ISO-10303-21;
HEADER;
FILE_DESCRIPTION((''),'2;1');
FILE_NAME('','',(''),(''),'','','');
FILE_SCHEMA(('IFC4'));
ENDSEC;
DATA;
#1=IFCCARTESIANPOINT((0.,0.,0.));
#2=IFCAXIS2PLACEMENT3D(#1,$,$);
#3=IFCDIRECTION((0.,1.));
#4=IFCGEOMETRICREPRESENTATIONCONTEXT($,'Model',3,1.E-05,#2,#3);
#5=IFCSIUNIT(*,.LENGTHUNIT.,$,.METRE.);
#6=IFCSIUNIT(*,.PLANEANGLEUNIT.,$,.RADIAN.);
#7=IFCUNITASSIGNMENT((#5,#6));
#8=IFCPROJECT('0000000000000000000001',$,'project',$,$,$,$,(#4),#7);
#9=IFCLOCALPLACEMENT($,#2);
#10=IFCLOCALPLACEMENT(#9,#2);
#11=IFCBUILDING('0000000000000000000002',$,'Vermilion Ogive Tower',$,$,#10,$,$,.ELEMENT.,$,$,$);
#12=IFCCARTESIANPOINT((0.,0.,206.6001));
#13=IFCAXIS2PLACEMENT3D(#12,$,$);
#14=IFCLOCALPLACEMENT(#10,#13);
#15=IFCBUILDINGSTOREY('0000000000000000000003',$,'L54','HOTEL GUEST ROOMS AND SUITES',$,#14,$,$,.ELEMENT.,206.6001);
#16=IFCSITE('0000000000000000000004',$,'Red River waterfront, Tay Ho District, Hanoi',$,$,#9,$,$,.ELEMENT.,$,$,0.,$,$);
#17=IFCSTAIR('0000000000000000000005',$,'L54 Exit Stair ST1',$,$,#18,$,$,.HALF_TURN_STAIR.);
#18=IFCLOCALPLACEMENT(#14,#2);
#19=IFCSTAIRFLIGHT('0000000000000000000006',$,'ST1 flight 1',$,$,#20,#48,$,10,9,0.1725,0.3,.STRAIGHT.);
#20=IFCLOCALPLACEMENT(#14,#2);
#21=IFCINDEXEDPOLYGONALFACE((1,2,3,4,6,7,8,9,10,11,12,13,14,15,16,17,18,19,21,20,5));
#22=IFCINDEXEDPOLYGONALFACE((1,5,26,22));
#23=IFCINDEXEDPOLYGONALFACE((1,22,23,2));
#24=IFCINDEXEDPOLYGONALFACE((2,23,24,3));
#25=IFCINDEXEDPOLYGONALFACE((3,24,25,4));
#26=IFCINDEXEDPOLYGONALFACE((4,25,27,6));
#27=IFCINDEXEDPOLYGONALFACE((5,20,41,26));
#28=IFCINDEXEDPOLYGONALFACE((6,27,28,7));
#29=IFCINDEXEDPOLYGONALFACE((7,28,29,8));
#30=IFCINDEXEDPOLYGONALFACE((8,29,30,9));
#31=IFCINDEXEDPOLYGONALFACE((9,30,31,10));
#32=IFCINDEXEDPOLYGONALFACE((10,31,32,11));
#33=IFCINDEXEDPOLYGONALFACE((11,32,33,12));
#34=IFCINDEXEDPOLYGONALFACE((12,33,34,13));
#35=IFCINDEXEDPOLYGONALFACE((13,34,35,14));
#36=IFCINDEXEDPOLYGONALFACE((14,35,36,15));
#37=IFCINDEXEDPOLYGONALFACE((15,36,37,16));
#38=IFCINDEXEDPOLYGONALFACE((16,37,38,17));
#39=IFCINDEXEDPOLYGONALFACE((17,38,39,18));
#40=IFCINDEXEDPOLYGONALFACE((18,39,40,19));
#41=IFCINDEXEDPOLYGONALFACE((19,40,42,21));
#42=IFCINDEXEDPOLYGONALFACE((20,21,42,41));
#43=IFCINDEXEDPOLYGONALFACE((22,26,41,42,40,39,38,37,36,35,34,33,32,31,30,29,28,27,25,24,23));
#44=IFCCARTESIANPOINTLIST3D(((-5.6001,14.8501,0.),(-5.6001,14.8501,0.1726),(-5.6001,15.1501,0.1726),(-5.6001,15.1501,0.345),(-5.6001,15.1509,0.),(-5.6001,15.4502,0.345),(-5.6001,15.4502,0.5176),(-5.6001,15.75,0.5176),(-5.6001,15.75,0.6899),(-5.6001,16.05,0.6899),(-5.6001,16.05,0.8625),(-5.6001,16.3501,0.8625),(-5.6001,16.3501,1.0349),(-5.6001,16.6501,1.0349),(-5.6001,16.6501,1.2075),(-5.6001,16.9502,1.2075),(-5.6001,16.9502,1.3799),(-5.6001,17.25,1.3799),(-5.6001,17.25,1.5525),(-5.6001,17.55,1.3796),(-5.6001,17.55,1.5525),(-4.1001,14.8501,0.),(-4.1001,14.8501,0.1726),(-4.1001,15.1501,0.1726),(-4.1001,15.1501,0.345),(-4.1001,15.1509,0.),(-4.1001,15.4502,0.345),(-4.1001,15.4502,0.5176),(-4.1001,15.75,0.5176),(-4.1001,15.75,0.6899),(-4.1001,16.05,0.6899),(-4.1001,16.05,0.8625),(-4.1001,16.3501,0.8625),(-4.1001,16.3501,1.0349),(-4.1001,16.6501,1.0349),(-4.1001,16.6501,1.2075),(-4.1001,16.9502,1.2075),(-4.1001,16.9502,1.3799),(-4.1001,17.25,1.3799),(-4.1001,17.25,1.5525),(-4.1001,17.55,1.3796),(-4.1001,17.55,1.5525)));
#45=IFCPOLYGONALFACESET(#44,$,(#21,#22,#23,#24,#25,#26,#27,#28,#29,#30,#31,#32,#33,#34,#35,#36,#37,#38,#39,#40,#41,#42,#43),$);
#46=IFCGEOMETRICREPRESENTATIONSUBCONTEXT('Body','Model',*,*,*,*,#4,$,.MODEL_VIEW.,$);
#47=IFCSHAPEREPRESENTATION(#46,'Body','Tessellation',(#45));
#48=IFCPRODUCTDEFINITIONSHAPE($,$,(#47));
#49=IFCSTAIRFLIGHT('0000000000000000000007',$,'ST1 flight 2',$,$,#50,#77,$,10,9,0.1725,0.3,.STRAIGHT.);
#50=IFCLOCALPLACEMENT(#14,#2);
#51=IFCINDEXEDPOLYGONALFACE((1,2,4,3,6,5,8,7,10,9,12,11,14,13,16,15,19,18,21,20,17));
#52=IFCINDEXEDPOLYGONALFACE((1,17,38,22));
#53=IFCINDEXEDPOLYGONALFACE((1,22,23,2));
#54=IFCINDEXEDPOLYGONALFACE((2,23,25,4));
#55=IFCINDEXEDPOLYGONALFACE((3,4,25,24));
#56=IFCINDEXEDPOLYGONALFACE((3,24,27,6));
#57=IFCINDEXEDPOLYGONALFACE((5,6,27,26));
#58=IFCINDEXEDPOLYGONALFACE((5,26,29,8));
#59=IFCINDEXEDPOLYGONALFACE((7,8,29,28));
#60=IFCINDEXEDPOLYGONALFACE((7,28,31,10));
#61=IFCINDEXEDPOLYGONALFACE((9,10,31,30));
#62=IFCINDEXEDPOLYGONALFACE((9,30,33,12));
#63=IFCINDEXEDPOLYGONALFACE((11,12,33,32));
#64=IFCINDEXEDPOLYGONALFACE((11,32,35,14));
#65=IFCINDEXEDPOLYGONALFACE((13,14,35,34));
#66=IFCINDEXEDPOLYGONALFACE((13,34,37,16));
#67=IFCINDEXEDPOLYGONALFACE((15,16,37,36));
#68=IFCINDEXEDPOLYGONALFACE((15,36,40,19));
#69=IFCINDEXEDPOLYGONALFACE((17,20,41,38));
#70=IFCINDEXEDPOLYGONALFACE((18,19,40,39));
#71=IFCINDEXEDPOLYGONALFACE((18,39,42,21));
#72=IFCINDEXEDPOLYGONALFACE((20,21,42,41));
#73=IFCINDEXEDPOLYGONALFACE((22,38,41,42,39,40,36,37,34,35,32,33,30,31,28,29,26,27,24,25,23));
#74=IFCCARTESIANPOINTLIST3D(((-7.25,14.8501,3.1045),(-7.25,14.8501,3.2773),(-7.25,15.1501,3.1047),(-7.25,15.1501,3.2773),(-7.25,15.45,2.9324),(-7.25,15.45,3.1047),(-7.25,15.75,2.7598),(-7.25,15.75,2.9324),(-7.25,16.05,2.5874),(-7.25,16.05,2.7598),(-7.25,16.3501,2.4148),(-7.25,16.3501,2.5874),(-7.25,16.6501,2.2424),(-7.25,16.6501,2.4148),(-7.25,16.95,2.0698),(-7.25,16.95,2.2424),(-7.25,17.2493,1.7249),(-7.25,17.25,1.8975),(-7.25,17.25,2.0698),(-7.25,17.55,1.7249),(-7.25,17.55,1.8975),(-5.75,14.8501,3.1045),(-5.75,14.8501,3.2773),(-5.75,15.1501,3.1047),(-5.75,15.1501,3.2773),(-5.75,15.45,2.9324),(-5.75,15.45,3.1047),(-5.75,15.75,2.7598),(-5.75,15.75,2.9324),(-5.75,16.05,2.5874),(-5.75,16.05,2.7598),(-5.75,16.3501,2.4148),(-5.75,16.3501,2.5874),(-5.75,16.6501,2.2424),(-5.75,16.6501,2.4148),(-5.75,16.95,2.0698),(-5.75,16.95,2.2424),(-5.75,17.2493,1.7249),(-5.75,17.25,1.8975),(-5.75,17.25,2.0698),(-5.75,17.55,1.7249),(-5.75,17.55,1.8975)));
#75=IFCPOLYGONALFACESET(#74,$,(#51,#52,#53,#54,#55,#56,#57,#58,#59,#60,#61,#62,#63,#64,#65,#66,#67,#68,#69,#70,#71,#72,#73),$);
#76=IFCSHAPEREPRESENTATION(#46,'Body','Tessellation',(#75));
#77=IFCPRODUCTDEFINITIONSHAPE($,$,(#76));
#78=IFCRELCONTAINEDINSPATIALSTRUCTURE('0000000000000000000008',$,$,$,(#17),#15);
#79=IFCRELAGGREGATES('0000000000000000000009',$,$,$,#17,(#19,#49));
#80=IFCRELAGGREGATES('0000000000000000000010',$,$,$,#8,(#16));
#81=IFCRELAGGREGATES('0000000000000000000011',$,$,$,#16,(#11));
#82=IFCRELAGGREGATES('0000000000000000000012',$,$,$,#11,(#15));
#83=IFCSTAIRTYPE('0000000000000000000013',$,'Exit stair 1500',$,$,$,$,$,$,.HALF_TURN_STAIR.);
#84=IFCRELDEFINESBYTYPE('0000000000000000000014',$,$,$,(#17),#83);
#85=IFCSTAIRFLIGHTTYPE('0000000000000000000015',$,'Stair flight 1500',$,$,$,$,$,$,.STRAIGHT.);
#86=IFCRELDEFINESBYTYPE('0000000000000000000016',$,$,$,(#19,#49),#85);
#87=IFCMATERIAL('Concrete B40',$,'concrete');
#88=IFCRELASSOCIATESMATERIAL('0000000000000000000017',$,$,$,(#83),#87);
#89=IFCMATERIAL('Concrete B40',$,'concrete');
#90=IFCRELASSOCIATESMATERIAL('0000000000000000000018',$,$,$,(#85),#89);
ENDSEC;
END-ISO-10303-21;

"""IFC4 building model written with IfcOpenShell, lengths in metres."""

from ifc_helpers import new_model, si_unit, direction, frame, origin, place, context, subcontext, project, spatial, polyline, outline, extrude, material, type_object, element, aggregate, save


model = new_model("IFC4")

# Units and contexts
model_context = context("Model", 3, precision=1e-05, world=origin(), true_north=direction((0.0, 1.0)))
body_context = subcontext(model_context, "Body", "Model", "MODEL_VIEW")
ifc_project = project(units=[si_unit("LENGTHUNIT", "METRE"), si_unit("PLANEANGLEUNIT", "RADIAN")], contexts=[model_context])

# Site, building, storey
site_placement = place(None, origin())
site = spatial("IfcSite", under=ifc_project, at=site_placement, Name="Red River waterfront, Tay Ho District, Hanoi", CompositionType="ELEMENT", RefElevation=0.0)
building_placement = place(site_placement, origin())
building = spatial("IfcBuilding", under=site, at=building_placement, Name="Vermilion Ogive Tower", CompositionType="ELEMENT")
storey_placement = place(building_placement, frame((0.0, 0.0, 206.6001)))
storey = spatial("IfcBuildingStorey", under=building, at=storey_placement, Name="L54", Description="HOTEL GUEST ROOMS AND SUITES", CompositionType="ELEMENT", Elevation=206.6001)

# Stair, stair flights
ifc_material_1 = material(Name="Concrete B40", Category="concrete")
stair_type = type_object("IfcStairType", Name="Exit stair 1500", PredefinedType="HALF_TURN_STAIR", material=ifc_material_1)
stair_placement = place(storey_placement, origin())
stair = element("IfcStair", 1, at=stair_placement, inside=storey, type_object=stair_type, Name="L54 Exit Stair ST1", PredefinedType="HALF_TURN_STAIR")
ifc_material_2 = material(Name="Concrete B40", Category="concrete")
stair_flight_type = type_object("IfcStairFlightType", Name="Stair flight 1500", PredefinedType="STRAIGHT", material=ifc_material_2)
stair_flight_1_placement = place(storey_placement, frame((-4.8501, 14.8501, 0.0), z_axis=(0.0, 0.0, 1.0), x_axis=(0.0, 1.0, 0.0)))
stair_flight_1 = element("IfcStairFlight", 2, at=stair_flight_1_placement, type_object=stair_flight_type, Name="ST1 flight 1", NumberOfRisers=10, NumberOfTreads=9, PredefinedType="STRAIGHT", RiserHeight=0.1725, TreadLength=0.3, context=body_context, shape_type="SweptSolid", body=[
    extrude(outline(polyline([(0.0, 0.0), (0.0, 0.1726), (0.3, 0.1726), (0.3, 0.345), (0.6001, 0.345), (0.6001, 0.5176), (0.8999, 0.5176), (0.8999, 0.6899), (1.2, 0.6899), (1.2, 0.8625), (1.5, 0.8625), (1.5, 1.0349), (1.8, 1.0349), (1.8, 1.2075), (2.1001, 1.2075), (2.1001, 1.3799), (2.3999, 1.3799), (2.3999, 1.5525), (2.7, 1.5525), (2.7, 1.7251), (2.7, 1.3796), (0.3008, 0.0), (0.0, 0.0)])), frame((0.0, 0.75, 0.0), z_axis=(0.0, -1.0, 0.0), x_axis=(1.0, 0.0, 0.0)), (0.0, 0.0, 1.0), 1.5),
])
stair_flight_2_placement = place(storey_placement, frame((-6.5, 17.55, 1.7249), z_axis=(0.0, 0.0, 1.0), x_axis=(0.0, -1.0, 0.0)))
stair_flight_2 = element("IfcStairFlight", 3, at=stair_flight_2_placement, type_object=stair_flight_type, Name="ST1 flight 2", NumberOfRisers=10, NumberOfTreads=9, PredefinedType="STRAIGHT", RiserHeight=0.1725, TreadLength=0.3, context=body_context, shape_type="SweptSolid", body=[
    extrude(outline(polyline([(0.0, 0.0), (0.0, 0.1726), (0.3, 0.1726), (0.3, 0.345), (0.6001, 0.345), (0.6001, 0.5176), (0.8999, 0.5176), (0.8999, 0.6899), (1.2, 0.6899), (1.2, 0.8625), (1.5, 0.8625), (1.5, 1.0349), (1.8, 1.0349), (1.8, 1.2075), (2.1001, 1.2075), (2.1001, 1.3799), (2.3999, 1.3799), (2.3999, 1.5525), (2.7, 1.5525), (2.7, 1.7251), (2.7, 1.3796), (0.3008, 0.0), (0.0, 0.0)])), frame((0.0, 0.75, 0.0), z_axis=(0.0, -1.0, 0.0), x_axis=(1.0, 0.0, 0.0)), (0.0, 0.0, 1.0), 1.5),
])
aggregate(stair, [stair_flight_1, stair_flight_2])

save(model, "model.ifc")
